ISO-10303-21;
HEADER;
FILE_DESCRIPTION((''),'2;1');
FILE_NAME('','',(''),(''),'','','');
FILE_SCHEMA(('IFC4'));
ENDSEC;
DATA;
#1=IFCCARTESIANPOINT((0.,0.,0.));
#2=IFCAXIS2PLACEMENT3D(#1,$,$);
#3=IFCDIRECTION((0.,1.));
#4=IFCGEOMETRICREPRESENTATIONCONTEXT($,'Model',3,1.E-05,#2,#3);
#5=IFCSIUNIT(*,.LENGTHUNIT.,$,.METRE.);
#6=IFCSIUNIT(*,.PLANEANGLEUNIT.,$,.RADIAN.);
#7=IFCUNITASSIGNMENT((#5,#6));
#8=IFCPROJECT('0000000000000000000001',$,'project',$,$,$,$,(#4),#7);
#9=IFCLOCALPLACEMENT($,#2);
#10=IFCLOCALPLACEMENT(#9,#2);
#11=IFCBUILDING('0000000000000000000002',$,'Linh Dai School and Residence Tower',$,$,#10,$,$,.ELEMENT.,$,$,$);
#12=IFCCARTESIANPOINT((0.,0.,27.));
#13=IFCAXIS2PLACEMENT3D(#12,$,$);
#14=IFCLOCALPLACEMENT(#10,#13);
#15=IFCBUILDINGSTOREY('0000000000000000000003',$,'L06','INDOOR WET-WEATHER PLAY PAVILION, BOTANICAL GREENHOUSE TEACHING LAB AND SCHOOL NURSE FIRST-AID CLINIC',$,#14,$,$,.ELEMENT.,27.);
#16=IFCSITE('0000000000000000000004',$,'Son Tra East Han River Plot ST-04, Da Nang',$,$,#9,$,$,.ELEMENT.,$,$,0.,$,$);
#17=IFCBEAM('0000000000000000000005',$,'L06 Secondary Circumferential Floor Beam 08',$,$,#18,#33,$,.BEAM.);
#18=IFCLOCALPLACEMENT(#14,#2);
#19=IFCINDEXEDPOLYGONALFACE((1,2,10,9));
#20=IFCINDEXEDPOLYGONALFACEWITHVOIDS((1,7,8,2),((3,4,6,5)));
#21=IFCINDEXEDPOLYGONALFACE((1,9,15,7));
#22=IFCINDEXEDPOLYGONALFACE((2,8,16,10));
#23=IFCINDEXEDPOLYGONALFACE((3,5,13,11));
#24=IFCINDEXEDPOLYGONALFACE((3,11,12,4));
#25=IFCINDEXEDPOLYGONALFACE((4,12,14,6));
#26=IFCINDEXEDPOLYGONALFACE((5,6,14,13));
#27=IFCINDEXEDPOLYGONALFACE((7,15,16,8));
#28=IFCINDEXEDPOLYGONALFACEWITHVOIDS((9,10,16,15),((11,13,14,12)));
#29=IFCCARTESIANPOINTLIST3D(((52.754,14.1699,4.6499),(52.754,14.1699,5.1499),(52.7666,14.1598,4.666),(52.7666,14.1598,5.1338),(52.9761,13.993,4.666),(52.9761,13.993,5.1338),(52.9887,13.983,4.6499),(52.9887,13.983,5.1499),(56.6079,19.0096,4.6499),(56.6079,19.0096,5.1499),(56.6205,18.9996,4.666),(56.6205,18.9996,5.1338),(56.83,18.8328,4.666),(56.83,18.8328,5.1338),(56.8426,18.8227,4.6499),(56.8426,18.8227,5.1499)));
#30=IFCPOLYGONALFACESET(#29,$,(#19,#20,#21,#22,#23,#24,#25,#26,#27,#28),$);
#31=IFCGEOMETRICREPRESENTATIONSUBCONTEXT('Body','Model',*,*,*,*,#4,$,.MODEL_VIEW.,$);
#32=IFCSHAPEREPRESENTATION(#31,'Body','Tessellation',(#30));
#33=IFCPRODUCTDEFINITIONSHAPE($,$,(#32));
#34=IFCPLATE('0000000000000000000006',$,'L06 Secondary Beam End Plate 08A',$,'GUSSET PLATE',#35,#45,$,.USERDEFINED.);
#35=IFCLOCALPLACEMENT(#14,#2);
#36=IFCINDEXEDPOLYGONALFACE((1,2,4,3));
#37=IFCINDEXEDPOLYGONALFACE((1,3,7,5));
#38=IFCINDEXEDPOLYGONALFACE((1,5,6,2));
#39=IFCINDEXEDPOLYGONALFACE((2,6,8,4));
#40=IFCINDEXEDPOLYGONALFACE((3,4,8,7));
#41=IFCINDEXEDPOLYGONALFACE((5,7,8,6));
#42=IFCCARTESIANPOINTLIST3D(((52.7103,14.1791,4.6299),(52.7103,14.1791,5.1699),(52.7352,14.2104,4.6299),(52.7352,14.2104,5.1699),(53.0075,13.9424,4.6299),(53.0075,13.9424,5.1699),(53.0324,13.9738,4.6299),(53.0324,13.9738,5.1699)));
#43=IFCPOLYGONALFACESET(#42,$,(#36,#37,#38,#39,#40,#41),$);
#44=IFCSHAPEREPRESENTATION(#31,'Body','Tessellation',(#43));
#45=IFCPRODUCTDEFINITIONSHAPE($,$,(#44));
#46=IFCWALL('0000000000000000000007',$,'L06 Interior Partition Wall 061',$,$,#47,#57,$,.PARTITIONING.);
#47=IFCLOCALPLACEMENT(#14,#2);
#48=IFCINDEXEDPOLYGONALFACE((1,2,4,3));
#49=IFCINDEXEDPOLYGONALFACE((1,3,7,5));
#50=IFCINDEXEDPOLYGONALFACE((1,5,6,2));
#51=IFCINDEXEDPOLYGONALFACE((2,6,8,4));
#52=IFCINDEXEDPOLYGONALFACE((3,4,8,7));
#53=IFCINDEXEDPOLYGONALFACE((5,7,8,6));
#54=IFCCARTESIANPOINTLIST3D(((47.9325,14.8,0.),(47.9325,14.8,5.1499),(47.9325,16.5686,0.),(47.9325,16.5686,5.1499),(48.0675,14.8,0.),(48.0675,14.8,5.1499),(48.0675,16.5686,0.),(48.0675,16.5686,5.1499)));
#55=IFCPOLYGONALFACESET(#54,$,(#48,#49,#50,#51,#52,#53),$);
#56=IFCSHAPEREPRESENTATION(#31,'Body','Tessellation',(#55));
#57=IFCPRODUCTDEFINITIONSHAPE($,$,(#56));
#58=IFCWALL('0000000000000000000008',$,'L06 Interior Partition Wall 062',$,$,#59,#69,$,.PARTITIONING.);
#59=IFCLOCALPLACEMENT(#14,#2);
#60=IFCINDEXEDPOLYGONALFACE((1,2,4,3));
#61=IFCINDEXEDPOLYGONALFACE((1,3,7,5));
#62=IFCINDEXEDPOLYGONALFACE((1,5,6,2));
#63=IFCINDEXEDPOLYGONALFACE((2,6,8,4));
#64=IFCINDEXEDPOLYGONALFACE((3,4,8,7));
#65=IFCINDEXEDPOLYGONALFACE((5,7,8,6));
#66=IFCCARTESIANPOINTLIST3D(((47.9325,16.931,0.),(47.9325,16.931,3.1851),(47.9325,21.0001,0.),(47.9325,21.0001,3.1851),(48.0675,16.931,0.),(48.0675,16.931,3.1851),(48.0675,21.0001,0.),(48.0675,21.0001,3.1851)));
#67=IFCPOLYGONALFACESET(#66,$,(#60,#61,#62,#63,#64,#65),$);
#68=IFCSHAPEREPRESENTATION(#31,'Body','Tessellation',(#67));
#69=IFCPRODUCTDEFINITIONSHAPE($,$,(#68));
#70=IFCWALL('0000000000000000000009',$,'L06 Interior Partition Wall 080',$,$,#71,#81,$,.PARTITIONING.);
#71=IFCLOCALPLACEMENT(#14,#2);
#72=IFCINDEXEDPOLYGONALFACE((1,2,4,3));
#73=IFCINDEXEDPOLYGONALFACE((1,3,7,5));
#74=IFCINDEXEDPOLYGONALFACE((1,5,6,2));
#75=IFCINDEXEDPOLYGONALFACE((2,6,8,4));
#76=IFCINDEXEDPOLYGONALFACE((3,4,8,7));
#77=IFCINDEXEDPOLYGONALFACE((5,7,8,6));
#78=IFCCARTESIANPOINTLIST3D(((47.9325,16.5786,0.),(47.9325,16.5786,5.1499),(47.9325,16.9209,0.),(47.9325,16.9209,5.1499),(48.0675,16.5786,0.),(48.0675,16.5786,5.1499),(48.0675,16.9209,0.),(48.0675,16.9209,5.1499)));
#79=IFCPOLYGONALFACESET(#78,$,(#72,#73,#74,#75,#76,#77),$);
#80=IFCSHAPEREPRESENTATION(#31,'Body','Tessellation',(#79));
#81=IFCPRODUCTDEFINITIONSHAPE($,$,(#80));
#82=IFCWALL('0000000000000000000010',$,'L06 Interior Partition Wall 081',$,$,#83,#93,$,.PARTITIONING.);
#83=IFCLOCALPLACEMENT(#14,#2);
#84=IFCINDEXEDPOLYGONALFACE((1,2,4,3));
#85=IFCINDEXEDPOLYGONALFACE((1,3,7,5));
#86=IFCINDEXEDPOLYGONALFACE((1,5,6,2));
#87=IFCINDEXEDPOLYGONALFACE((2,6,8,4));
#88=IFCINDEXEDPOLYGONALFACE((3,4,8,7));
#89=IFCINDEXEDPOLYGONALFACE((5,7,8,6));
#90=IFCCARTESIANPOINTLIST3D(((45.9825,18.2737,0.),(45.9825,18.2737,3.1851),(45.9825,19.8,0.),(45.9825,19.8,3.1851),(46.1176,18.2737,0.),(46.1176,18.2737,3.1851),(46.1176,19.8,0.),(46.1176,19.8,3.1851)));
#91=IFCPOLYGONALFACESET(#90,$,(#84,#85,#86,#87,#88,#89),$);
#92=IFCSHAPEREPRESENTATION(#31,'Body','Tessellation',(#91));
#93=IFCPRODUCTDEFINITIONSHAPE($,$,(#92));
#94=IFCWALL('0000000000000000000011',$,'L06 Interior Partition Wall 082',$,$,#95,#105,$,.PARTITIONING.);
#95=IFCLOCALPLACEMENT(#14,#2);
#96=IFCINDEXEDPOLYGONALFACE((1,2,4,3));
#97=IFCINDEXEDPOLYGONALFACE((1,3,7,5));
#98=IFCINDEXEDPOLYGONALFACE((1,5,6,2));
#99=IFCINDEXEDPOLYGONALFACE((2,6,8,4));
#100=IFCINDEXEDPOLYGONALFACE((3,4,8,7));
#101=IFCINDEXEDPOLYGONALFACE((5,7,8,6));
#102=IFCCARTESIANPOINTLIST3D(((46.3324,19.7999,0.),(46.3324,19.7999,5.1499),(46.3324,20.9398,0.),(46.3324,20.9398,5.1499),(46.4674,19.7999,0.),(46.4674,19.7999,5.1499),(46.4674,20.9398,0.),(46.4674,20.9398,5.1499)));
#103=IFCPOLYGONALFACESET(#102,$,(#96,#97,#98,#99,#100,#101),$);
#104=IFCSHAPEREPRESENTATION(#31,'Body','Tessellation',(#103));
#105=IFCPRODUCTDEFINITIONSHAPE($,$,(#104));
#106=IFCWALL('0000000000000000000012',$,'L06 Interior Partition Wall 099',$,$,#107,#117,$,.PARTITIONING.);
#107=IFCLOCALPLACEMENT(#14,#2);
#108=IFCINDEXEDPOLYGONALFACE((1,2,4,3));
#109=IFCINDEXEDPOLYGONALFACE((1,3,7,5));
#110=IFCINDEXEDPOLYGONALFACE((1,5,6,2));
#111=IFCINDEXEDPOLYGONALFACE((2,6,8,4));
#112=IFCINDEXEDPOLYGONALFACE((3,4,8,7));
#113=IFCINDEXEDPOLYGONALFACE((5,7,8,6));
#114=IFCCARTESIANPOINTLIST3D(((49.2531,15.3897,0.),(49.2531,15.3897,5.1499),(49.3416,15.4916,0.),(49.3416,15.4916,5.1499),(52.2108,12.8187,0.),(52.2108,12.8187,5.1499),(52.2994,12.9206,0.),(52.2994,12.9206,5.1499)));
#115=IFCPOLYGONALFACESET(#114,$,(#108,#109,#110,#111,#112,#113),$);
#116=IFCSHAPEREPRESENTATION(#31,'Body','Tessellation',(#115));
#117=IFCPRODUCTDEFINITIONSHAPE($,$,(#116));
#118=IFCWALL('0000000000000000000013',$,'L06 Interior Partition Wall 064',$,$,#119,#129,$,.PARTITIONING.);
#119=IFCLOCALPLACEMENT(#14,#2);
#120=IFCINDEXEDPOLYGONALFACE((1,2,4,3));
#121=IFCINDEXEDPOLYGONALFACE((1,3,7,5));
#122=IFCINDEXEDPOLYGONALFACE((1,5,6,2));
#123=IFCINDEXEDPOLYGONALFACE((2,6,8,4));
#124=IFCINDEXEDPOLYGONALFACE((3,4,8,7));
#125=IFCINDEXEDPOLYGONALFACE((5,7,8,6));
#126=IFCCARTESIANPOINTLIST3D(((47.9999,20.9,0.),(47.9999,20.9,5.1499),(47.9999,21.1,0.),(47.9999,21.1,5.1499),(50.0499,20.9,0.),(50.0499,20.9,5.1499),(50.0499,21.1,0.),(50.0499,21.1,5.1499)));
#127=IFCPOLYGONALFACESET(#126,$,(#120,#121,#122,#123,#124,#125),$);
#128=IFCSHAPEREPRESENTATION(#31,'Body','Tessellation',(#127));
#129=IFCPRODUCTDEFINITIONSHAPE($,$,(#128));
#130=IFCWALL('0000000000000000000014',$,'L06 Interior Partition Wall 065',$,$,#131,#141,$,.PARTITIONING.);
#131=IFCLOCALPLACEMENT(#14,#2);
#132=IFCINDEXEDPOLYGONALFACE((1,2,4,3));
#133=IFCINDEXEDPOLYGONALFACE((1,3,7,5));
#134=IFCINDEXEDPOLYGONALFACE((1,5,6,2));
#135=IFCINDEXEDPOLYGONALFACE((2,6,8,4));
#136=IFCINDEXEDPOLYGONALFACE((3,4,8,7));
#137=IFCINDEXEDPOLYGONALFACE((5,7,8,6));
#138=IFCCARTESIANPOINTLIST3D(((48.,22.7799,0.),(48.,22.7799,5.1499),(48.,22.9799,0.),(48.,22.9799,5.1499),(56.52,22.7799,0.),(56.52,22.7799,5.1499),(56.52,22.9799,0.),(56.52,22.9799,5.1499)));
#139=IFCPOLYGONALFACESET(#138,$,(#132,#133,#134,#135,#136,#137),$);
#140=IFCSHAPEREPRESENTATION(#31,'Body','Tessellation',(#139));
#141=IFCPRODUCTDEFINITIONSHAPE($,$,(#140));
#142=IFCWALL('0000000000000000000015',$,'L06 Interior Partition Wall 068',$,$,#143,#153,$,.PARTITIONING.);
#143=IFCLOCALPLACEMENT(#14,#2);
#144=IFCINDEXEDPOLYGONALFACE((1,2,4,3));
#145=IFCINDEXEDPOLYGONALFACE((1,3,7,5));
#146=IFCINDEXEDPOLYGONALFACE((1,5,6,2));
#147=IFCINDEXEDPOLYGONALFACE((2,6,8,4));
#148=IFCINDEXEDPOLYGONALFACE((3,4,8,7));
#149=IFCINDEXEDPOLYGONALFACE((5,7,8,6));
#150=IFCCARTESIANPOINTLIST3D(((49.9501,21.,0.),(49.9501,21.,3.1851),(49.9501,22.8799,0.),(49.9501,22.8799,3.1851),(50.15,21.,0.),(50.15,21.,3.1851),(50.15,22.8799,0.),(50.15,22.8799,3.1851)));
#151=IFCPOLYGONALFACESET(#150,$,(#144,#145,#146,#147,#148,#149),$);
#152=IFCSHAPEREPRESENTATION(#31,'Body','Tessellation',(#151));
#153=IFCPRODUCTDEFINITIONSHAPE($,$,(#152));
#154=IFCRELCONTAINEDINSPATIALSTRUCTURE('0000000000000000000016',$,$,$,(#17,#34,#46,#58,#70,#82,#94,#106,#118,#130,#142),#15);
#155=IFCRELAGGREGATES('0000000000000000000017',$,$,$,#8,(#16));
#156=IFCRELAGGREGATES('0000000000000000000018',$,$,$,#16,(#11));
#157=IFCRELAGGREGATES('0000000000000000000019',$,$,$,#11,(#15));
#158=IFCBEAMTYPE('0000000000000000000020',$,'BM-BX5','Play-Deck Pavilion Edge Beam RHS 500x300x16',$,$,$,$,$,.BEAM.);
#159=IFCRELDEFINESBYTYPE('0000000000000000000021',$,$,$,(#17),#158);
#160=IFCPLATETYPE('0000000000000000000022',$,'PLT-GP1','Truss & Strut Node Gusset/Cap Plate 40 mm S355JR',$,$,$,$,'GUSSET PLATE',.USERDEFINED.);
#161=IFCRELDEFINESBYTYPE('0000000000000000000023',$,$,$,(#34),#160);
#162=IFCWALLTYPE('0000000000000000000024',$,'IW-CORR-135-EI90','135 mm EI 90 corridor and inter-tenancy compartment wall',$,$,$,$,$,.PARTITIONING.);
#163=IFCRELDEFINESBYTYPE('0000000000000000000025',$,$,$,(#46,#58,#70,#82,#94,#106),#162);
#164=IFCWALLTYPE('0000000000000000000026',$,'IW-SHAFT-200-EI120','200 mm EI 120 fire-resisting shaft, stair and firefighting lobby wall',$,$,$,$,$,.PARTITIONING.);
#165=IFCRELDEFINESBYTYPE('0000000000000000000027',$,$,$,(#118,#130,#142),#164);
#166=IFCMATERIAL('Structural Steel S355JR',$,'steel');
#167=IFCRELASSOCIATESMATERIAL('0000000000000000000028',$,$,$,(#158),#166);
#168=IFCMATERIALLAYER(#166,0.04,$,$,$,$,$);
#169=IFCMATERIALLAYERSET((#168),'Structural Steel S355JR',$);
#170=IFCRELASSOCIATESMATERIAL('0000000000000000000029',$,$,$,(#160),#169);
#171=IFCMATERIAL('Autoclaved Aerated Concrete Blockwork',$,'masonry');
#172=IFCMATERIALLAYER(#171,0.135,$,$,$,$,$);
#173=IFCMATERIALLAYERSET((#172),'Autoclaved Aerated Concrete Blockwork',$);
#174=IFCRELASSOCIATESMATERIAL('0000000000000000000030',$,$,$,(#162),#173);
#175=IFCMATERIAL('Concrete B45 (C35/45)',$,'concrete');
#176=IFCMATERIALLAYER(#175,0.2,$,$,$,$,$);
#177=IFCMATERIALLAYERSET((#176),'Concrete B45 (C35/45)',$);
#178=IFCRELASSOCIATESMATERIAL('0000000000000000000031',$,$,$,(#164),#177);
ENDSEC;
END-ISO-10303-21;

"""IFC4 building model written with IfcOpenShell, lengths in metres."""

from ifc_helpers import new_model, si_unit, direction, frame, frame_2d, origin, origin_2d, place, context, subcontext, project, spatial, rectangle, hollow_rectangle, extrude, source, transform, mapped, material, layer, layer_set, material_profile, profile_set, type_object, element, save


model = new_model("IFC4")

# Units and contexts
model_context = context("Model", 3, precision=1e-05, world=origin(), true_north=direction((0.0, 1.0)))
body_context = subcontext(model_context, "Body", "Model", "MODEL_VIEW")
ifc_project = project(units=[si_unit("LENGTHUNIT", "METRE"), si_unit("PLANEANGLEUNIT", "RADIAN")], contexts=[model_context])

# Site, building, storey
site_placement = place(None, origin())
site = spatial("IfcSite", under=ifc_project, at=site_placement, Name="Son Tra East Han River Plot ST-04, Da Nang", CompositionType="ELEMENT", RefElevation=0.0)
building_placement = place(site_placement, origin())
building = spatial("IfcBuilding", under=site, at=building_placement, Name="Linh Dai School and Residence Tower", CompositionType="ELEMENT")
storey_placement = place(building_placement, frame((0.0, 0.0, 27.0)))
storey = spatial("IfcBuildingStorey", under=building, at=storey_placement, Name="L06", Description="INDOOR WET-WEATHER PLAY PAVILION, BOTANICAL GREENHOUSE TEACHING LAB AND SCHOOL NURSE FIRST-AID CLINIC", CompositionType="ELEMENT", Elevation=27.0)

# Beam
ifc_material_1 = material(Name="Structural Steel S355JR", Category="steel")
ifc_material_profile = material_profile(ifc_material_1, hollow_rectangle(XDim=0.3, YDim=0.5, WallThickness=0.0161, at=origin_2d()), Name="RHS 500x300x16")
ifc_profile_set = profile_set([ifc_material_profile], Name="Structural Steel S355JR")
beam_type = type_object("IfcBeamType", Name="BM-BX5", Description="Play-Deck Pavilion Edge Beam RHS 500x300x16", PredefinedType="BEAM", material=ifc_profile_set)
beam_placement = place(storey_placement, frame((52.8713, 14.0764, 4.8999), z_axis=(0.622932, 0.782276, 0.0), x_axis=(-0.782276, 0.622932, 0.0)))
element("IfcBeam", 1, at=beam_placement, inside=storey, type_object=beam_type, Name="L06 Secondary Circumferential Floor Beam 08", PredefinedType="BEAM", context=body_context, shape_type="SweptSolid", body=[
    extrude(hollow_rectangle(XDim=0.3, YDim=0.5, WallThickness=0.0161, at=origin_2d()), origin(), (0.0, 0.0, 1.0), 6.1868),
])

# Plate
ifc_layer_1 = layer(ifc_material_1, 0.04)
ifc_layer_set_1 = layer_set([ifc_layer_1], Name="Structural Steel S355JR")
plate_type = type_object("IfcPlateType", Name="PLT-GP1", Description="Truss & Strut Node Gusset/Cap Plate 40 mm S355JR", ElementType="GUSSET PLATE", PredefinedType="USERDEFINED", material=ifc_layer_set_1)
shared_shape_1 = source(origin(), body_context, "Body", "SweptSolid", [
    extrude(rectangle(XDim=0.04, YDim=0.3799, at=origin_2d()), origin(), (0.0, 0.0, 1.0), 0.54),
])
plate_placement = place(storey_placement, frame((52.8713, 14.0764, 4.6299), z_axis=(0.0, 0.0, 1.0), x_axis=(0.622933, 0.782276, 0.0)))
element("IfcPlate", 2, at=plate_placement, inside=storey, type_object=plate_type, Name="L06 Secondary Beam End Plate 08A", ObjectType="GUSSET PLATE", PredefinedType="USERDEFINED", context=body_context, shape_type="MappedRepresentation", body=[
    mapped(shared_shape_1, transform((0.0, 0.0, 0.0), x_axis=(1.0, 0.0, 0.0), y_axis=(0.0, 1.0, 0.0), z_axis=(0.0, 0.0, 1.0), scale=1.0)),
])

# Shared definitions
ifc_material_2 = material(Name="Autoclaved Aerated Concrete Blockwork", Category="masonry")
ifc_layer_2 = layer(ifc_material_2, 0.135)
ifc_layer_set_2 = layer_set([ifc_layer_2], Name="Autoclaved Aerated Concrete Blockwork")
wall_type_1 = type_object("IfcWallType", Name="IW-CORR-135-EI90", Description="135 mm EI 90 corridor and inter-tenancy compartment wall", PredefinedType="PARTITIONING", material=ifc_layer_set_2)

# Walls
wall_1_placement = place(storey_placement, frame((48.0, 14.8, 0.0), z_axis=(0.0, 0.0, 1.0), x_axis=(0.0, 1.0, 0.0)))
element("IfcWall", 3, at=wall_1_placement, inside=storey, type_object=wall_type_1, Name="L06 Interior Partition Wall 061", PredefinedType="PARTITIONING", context=body_context, shape_type="SweptSolid", body=[
    extrude(rectangle(XDim=1.7686, YDim=0.135, at=frame_2d((0.8843, 0.0))), origin(), (0.0, 0.0, 1.0), 5.1499),
])
wall_2_placement = place(storey_placement, frame((48.0, 16.9309, 0.0), z_axis=(0.0, 0.0, 1.0), x_axis=(0.0, 1.0, 0.0)))
element("IfcWall", 4, at=wall_2_placement, inside=storey, type_object=wall_type_1, Name="L06 Interior Partition Wall 062", PredefinedType="PARTITIONING", context=body_context, shape_type="SweptSolid", body=[
    extrude(rectangle(XDim=4.0691, YDim=0.135, at=frame_2d((2.0347, 0.0))), origin(), (0.0, 0.0, 1.0), 3.1851),
])
wall_3_placement = place(storey_placement, frame((48.0, 16.9209, 0.0), z_axis=(0.0, 0.0, 1.0), x_axis=(0.0, -1.0, 0.0)))
element("IfcWall", 5, at=wall_3_placement, inside=storey, type_object=wall_type_1, Name="L06 Interior Partition Wall 080", PredefinedType="PARTITIONING", context=body_context, shape_type="SweptSolid", body=[
    extrude(rectangle(XDim=0.3423, YDim=0.135, at=frame_2d((0.1711, 0.0))), origin(), (0.0, 0.0, 1.0), 5.1499),
])
wall_4_placement = place(storey_placement, frame((46.05, 18.2737, 0.0), z_axis=(0.0, 0.0, 1.0), x_axis=(0.0, 1.0, 0.0)))
element("IfcWall", 6, at=wall_4_placement, inside=storey, type_object=wall_type_1, Name="L06 Interior Partition Wall 081", PredefinedType="PARTITIONING", context=body_context, shape_type="SweptSolid", body=[
    extrude(rectangle(XDim=1.5264, YDim=0.135, at=frame_2d((0.7632, 0.0))), origin(), (0.0, 0.0, 1.0), 3.1851),
])
wall_5_placement = place(storey_placement, frame((46.3999, 19.8, 0.0), z_axis=(0.0, 0.0, 1.0), x_axis=(0.0, 1.0, 0.0)))
element("IfcWall", 7, at=wall_5_placement, inside=storey, type_object=wall_type_1, Name="L06 Interior Partition Wall 082", PredefinedType="PARTITIONING", context=body_context, shape_type="SweptSolid", body=[
    extrude(rectangle(XDim=1.1399, YDim=0.135, at=frame_2d((0.5698, 0.0))), origin(), (0.0, 0.0, 1.0), 5.1499),
])
wall_6_placement = place(storey_placement, frame((49.2974, 15.4407, 0.0), z_axis=(0.0, 0.0, 1.0), x_axis=(0.754722, -0.656045, 0.0)))
element("IfcWall", 8, at=wall_6_placement, inside=storey, type_object=wall_type_1, Name="L06 Interior Partition Wall 099", PredefinedType="PARTITIONING", context=body_context, shape_type="SweptSolid", body=[
    extrude(rectangle(XDim=3.9189, YDim=0.135, at=frame_2d((1.9595, 0.0))), origin(), (0.0, 0.0, 1.0), 5.1499),
])

# Shared definitions
ifc_material_3 = material(Name="Concrete B45 (C35/45)", Category="concrete")
ifc_layer_3 = layer(ifc_material_3, 0.2)
ifc_layer_set_3 = layer_set([ifc_layer_3], Name="Concrete B45 (C35/45)")
wall_type_2 = type_object("IfcWallType", Name="IW-SHAFT-200-EI120", Description="200 mm EI 120 fire-resisting shaft, stair and firefighting lobby wall", PredefinedType="PARTITIONING", material=ifc_layer_set_3)

# Walls
wall_7_placement = place(storey_placement, frame((48.0, 21.0, 0.0), z_axis=(0.0, 0.0, 1.0), x_axis=(1.0, 0.0, 0.0)))
element("IfcWall", 9, at=wall_7_placement, inside=storey, type_object=wall_type_2, Name="L06 Interior Partition Wall 064", PredefinedType="PARTITIONING", context=body_context, shape_type="SweptSolid", body=[
    extrude(rectangle(XDim=2.05, YDim=0.2, at=frame_2d((1.0249, 0.0))), origin(), (0.0, 0.0, 1.0), 5.1499),
])
wall_8_placement = place(storey_placement, frame((48.0, 22.8799, 0.0), z_axis=(0.0, 0.0, 1.0), x_axis=(1.0, 0.0, 0.0)))
element("IfcWall", 10, at=wall_8_placement, inside=storey, type_object=wall_type_2, Name="L06 Interior Partition Wall 065", PredefinedType="PARTITIONING", context=body_context, shape_type="SweptSolid", body=[
    extrude(rectangle(XDim=8.52, YDim=0.2, at=frame_2d((4.26, 0.0))), origin(), (0.0, 0.0, 1.0), 5.1499),
])
wall_9_placement = place(storey_placement, frame((50.05, 21.0, 0.0), z_axis=(0.0, 0.0, 1.0), x_axis=(0.0, 1.0, 0.0)))
element("IfcWall", 11, at=wall_9_placement, inside=storey, type_object=wall_type_2, Name="L06 Interior Partition Wall 068", PredefinedType="PARTITIONING", context=body_context, shape_type="SweptSolid", body=[
    extrude(rectangle(XDim=1.8799, YDim=0.2, at=frame_2d((0.9399, 0.0))), origin(), (0.0, 0.0, 1.0), 3.1851),
])

save(model, "model.ifc")
